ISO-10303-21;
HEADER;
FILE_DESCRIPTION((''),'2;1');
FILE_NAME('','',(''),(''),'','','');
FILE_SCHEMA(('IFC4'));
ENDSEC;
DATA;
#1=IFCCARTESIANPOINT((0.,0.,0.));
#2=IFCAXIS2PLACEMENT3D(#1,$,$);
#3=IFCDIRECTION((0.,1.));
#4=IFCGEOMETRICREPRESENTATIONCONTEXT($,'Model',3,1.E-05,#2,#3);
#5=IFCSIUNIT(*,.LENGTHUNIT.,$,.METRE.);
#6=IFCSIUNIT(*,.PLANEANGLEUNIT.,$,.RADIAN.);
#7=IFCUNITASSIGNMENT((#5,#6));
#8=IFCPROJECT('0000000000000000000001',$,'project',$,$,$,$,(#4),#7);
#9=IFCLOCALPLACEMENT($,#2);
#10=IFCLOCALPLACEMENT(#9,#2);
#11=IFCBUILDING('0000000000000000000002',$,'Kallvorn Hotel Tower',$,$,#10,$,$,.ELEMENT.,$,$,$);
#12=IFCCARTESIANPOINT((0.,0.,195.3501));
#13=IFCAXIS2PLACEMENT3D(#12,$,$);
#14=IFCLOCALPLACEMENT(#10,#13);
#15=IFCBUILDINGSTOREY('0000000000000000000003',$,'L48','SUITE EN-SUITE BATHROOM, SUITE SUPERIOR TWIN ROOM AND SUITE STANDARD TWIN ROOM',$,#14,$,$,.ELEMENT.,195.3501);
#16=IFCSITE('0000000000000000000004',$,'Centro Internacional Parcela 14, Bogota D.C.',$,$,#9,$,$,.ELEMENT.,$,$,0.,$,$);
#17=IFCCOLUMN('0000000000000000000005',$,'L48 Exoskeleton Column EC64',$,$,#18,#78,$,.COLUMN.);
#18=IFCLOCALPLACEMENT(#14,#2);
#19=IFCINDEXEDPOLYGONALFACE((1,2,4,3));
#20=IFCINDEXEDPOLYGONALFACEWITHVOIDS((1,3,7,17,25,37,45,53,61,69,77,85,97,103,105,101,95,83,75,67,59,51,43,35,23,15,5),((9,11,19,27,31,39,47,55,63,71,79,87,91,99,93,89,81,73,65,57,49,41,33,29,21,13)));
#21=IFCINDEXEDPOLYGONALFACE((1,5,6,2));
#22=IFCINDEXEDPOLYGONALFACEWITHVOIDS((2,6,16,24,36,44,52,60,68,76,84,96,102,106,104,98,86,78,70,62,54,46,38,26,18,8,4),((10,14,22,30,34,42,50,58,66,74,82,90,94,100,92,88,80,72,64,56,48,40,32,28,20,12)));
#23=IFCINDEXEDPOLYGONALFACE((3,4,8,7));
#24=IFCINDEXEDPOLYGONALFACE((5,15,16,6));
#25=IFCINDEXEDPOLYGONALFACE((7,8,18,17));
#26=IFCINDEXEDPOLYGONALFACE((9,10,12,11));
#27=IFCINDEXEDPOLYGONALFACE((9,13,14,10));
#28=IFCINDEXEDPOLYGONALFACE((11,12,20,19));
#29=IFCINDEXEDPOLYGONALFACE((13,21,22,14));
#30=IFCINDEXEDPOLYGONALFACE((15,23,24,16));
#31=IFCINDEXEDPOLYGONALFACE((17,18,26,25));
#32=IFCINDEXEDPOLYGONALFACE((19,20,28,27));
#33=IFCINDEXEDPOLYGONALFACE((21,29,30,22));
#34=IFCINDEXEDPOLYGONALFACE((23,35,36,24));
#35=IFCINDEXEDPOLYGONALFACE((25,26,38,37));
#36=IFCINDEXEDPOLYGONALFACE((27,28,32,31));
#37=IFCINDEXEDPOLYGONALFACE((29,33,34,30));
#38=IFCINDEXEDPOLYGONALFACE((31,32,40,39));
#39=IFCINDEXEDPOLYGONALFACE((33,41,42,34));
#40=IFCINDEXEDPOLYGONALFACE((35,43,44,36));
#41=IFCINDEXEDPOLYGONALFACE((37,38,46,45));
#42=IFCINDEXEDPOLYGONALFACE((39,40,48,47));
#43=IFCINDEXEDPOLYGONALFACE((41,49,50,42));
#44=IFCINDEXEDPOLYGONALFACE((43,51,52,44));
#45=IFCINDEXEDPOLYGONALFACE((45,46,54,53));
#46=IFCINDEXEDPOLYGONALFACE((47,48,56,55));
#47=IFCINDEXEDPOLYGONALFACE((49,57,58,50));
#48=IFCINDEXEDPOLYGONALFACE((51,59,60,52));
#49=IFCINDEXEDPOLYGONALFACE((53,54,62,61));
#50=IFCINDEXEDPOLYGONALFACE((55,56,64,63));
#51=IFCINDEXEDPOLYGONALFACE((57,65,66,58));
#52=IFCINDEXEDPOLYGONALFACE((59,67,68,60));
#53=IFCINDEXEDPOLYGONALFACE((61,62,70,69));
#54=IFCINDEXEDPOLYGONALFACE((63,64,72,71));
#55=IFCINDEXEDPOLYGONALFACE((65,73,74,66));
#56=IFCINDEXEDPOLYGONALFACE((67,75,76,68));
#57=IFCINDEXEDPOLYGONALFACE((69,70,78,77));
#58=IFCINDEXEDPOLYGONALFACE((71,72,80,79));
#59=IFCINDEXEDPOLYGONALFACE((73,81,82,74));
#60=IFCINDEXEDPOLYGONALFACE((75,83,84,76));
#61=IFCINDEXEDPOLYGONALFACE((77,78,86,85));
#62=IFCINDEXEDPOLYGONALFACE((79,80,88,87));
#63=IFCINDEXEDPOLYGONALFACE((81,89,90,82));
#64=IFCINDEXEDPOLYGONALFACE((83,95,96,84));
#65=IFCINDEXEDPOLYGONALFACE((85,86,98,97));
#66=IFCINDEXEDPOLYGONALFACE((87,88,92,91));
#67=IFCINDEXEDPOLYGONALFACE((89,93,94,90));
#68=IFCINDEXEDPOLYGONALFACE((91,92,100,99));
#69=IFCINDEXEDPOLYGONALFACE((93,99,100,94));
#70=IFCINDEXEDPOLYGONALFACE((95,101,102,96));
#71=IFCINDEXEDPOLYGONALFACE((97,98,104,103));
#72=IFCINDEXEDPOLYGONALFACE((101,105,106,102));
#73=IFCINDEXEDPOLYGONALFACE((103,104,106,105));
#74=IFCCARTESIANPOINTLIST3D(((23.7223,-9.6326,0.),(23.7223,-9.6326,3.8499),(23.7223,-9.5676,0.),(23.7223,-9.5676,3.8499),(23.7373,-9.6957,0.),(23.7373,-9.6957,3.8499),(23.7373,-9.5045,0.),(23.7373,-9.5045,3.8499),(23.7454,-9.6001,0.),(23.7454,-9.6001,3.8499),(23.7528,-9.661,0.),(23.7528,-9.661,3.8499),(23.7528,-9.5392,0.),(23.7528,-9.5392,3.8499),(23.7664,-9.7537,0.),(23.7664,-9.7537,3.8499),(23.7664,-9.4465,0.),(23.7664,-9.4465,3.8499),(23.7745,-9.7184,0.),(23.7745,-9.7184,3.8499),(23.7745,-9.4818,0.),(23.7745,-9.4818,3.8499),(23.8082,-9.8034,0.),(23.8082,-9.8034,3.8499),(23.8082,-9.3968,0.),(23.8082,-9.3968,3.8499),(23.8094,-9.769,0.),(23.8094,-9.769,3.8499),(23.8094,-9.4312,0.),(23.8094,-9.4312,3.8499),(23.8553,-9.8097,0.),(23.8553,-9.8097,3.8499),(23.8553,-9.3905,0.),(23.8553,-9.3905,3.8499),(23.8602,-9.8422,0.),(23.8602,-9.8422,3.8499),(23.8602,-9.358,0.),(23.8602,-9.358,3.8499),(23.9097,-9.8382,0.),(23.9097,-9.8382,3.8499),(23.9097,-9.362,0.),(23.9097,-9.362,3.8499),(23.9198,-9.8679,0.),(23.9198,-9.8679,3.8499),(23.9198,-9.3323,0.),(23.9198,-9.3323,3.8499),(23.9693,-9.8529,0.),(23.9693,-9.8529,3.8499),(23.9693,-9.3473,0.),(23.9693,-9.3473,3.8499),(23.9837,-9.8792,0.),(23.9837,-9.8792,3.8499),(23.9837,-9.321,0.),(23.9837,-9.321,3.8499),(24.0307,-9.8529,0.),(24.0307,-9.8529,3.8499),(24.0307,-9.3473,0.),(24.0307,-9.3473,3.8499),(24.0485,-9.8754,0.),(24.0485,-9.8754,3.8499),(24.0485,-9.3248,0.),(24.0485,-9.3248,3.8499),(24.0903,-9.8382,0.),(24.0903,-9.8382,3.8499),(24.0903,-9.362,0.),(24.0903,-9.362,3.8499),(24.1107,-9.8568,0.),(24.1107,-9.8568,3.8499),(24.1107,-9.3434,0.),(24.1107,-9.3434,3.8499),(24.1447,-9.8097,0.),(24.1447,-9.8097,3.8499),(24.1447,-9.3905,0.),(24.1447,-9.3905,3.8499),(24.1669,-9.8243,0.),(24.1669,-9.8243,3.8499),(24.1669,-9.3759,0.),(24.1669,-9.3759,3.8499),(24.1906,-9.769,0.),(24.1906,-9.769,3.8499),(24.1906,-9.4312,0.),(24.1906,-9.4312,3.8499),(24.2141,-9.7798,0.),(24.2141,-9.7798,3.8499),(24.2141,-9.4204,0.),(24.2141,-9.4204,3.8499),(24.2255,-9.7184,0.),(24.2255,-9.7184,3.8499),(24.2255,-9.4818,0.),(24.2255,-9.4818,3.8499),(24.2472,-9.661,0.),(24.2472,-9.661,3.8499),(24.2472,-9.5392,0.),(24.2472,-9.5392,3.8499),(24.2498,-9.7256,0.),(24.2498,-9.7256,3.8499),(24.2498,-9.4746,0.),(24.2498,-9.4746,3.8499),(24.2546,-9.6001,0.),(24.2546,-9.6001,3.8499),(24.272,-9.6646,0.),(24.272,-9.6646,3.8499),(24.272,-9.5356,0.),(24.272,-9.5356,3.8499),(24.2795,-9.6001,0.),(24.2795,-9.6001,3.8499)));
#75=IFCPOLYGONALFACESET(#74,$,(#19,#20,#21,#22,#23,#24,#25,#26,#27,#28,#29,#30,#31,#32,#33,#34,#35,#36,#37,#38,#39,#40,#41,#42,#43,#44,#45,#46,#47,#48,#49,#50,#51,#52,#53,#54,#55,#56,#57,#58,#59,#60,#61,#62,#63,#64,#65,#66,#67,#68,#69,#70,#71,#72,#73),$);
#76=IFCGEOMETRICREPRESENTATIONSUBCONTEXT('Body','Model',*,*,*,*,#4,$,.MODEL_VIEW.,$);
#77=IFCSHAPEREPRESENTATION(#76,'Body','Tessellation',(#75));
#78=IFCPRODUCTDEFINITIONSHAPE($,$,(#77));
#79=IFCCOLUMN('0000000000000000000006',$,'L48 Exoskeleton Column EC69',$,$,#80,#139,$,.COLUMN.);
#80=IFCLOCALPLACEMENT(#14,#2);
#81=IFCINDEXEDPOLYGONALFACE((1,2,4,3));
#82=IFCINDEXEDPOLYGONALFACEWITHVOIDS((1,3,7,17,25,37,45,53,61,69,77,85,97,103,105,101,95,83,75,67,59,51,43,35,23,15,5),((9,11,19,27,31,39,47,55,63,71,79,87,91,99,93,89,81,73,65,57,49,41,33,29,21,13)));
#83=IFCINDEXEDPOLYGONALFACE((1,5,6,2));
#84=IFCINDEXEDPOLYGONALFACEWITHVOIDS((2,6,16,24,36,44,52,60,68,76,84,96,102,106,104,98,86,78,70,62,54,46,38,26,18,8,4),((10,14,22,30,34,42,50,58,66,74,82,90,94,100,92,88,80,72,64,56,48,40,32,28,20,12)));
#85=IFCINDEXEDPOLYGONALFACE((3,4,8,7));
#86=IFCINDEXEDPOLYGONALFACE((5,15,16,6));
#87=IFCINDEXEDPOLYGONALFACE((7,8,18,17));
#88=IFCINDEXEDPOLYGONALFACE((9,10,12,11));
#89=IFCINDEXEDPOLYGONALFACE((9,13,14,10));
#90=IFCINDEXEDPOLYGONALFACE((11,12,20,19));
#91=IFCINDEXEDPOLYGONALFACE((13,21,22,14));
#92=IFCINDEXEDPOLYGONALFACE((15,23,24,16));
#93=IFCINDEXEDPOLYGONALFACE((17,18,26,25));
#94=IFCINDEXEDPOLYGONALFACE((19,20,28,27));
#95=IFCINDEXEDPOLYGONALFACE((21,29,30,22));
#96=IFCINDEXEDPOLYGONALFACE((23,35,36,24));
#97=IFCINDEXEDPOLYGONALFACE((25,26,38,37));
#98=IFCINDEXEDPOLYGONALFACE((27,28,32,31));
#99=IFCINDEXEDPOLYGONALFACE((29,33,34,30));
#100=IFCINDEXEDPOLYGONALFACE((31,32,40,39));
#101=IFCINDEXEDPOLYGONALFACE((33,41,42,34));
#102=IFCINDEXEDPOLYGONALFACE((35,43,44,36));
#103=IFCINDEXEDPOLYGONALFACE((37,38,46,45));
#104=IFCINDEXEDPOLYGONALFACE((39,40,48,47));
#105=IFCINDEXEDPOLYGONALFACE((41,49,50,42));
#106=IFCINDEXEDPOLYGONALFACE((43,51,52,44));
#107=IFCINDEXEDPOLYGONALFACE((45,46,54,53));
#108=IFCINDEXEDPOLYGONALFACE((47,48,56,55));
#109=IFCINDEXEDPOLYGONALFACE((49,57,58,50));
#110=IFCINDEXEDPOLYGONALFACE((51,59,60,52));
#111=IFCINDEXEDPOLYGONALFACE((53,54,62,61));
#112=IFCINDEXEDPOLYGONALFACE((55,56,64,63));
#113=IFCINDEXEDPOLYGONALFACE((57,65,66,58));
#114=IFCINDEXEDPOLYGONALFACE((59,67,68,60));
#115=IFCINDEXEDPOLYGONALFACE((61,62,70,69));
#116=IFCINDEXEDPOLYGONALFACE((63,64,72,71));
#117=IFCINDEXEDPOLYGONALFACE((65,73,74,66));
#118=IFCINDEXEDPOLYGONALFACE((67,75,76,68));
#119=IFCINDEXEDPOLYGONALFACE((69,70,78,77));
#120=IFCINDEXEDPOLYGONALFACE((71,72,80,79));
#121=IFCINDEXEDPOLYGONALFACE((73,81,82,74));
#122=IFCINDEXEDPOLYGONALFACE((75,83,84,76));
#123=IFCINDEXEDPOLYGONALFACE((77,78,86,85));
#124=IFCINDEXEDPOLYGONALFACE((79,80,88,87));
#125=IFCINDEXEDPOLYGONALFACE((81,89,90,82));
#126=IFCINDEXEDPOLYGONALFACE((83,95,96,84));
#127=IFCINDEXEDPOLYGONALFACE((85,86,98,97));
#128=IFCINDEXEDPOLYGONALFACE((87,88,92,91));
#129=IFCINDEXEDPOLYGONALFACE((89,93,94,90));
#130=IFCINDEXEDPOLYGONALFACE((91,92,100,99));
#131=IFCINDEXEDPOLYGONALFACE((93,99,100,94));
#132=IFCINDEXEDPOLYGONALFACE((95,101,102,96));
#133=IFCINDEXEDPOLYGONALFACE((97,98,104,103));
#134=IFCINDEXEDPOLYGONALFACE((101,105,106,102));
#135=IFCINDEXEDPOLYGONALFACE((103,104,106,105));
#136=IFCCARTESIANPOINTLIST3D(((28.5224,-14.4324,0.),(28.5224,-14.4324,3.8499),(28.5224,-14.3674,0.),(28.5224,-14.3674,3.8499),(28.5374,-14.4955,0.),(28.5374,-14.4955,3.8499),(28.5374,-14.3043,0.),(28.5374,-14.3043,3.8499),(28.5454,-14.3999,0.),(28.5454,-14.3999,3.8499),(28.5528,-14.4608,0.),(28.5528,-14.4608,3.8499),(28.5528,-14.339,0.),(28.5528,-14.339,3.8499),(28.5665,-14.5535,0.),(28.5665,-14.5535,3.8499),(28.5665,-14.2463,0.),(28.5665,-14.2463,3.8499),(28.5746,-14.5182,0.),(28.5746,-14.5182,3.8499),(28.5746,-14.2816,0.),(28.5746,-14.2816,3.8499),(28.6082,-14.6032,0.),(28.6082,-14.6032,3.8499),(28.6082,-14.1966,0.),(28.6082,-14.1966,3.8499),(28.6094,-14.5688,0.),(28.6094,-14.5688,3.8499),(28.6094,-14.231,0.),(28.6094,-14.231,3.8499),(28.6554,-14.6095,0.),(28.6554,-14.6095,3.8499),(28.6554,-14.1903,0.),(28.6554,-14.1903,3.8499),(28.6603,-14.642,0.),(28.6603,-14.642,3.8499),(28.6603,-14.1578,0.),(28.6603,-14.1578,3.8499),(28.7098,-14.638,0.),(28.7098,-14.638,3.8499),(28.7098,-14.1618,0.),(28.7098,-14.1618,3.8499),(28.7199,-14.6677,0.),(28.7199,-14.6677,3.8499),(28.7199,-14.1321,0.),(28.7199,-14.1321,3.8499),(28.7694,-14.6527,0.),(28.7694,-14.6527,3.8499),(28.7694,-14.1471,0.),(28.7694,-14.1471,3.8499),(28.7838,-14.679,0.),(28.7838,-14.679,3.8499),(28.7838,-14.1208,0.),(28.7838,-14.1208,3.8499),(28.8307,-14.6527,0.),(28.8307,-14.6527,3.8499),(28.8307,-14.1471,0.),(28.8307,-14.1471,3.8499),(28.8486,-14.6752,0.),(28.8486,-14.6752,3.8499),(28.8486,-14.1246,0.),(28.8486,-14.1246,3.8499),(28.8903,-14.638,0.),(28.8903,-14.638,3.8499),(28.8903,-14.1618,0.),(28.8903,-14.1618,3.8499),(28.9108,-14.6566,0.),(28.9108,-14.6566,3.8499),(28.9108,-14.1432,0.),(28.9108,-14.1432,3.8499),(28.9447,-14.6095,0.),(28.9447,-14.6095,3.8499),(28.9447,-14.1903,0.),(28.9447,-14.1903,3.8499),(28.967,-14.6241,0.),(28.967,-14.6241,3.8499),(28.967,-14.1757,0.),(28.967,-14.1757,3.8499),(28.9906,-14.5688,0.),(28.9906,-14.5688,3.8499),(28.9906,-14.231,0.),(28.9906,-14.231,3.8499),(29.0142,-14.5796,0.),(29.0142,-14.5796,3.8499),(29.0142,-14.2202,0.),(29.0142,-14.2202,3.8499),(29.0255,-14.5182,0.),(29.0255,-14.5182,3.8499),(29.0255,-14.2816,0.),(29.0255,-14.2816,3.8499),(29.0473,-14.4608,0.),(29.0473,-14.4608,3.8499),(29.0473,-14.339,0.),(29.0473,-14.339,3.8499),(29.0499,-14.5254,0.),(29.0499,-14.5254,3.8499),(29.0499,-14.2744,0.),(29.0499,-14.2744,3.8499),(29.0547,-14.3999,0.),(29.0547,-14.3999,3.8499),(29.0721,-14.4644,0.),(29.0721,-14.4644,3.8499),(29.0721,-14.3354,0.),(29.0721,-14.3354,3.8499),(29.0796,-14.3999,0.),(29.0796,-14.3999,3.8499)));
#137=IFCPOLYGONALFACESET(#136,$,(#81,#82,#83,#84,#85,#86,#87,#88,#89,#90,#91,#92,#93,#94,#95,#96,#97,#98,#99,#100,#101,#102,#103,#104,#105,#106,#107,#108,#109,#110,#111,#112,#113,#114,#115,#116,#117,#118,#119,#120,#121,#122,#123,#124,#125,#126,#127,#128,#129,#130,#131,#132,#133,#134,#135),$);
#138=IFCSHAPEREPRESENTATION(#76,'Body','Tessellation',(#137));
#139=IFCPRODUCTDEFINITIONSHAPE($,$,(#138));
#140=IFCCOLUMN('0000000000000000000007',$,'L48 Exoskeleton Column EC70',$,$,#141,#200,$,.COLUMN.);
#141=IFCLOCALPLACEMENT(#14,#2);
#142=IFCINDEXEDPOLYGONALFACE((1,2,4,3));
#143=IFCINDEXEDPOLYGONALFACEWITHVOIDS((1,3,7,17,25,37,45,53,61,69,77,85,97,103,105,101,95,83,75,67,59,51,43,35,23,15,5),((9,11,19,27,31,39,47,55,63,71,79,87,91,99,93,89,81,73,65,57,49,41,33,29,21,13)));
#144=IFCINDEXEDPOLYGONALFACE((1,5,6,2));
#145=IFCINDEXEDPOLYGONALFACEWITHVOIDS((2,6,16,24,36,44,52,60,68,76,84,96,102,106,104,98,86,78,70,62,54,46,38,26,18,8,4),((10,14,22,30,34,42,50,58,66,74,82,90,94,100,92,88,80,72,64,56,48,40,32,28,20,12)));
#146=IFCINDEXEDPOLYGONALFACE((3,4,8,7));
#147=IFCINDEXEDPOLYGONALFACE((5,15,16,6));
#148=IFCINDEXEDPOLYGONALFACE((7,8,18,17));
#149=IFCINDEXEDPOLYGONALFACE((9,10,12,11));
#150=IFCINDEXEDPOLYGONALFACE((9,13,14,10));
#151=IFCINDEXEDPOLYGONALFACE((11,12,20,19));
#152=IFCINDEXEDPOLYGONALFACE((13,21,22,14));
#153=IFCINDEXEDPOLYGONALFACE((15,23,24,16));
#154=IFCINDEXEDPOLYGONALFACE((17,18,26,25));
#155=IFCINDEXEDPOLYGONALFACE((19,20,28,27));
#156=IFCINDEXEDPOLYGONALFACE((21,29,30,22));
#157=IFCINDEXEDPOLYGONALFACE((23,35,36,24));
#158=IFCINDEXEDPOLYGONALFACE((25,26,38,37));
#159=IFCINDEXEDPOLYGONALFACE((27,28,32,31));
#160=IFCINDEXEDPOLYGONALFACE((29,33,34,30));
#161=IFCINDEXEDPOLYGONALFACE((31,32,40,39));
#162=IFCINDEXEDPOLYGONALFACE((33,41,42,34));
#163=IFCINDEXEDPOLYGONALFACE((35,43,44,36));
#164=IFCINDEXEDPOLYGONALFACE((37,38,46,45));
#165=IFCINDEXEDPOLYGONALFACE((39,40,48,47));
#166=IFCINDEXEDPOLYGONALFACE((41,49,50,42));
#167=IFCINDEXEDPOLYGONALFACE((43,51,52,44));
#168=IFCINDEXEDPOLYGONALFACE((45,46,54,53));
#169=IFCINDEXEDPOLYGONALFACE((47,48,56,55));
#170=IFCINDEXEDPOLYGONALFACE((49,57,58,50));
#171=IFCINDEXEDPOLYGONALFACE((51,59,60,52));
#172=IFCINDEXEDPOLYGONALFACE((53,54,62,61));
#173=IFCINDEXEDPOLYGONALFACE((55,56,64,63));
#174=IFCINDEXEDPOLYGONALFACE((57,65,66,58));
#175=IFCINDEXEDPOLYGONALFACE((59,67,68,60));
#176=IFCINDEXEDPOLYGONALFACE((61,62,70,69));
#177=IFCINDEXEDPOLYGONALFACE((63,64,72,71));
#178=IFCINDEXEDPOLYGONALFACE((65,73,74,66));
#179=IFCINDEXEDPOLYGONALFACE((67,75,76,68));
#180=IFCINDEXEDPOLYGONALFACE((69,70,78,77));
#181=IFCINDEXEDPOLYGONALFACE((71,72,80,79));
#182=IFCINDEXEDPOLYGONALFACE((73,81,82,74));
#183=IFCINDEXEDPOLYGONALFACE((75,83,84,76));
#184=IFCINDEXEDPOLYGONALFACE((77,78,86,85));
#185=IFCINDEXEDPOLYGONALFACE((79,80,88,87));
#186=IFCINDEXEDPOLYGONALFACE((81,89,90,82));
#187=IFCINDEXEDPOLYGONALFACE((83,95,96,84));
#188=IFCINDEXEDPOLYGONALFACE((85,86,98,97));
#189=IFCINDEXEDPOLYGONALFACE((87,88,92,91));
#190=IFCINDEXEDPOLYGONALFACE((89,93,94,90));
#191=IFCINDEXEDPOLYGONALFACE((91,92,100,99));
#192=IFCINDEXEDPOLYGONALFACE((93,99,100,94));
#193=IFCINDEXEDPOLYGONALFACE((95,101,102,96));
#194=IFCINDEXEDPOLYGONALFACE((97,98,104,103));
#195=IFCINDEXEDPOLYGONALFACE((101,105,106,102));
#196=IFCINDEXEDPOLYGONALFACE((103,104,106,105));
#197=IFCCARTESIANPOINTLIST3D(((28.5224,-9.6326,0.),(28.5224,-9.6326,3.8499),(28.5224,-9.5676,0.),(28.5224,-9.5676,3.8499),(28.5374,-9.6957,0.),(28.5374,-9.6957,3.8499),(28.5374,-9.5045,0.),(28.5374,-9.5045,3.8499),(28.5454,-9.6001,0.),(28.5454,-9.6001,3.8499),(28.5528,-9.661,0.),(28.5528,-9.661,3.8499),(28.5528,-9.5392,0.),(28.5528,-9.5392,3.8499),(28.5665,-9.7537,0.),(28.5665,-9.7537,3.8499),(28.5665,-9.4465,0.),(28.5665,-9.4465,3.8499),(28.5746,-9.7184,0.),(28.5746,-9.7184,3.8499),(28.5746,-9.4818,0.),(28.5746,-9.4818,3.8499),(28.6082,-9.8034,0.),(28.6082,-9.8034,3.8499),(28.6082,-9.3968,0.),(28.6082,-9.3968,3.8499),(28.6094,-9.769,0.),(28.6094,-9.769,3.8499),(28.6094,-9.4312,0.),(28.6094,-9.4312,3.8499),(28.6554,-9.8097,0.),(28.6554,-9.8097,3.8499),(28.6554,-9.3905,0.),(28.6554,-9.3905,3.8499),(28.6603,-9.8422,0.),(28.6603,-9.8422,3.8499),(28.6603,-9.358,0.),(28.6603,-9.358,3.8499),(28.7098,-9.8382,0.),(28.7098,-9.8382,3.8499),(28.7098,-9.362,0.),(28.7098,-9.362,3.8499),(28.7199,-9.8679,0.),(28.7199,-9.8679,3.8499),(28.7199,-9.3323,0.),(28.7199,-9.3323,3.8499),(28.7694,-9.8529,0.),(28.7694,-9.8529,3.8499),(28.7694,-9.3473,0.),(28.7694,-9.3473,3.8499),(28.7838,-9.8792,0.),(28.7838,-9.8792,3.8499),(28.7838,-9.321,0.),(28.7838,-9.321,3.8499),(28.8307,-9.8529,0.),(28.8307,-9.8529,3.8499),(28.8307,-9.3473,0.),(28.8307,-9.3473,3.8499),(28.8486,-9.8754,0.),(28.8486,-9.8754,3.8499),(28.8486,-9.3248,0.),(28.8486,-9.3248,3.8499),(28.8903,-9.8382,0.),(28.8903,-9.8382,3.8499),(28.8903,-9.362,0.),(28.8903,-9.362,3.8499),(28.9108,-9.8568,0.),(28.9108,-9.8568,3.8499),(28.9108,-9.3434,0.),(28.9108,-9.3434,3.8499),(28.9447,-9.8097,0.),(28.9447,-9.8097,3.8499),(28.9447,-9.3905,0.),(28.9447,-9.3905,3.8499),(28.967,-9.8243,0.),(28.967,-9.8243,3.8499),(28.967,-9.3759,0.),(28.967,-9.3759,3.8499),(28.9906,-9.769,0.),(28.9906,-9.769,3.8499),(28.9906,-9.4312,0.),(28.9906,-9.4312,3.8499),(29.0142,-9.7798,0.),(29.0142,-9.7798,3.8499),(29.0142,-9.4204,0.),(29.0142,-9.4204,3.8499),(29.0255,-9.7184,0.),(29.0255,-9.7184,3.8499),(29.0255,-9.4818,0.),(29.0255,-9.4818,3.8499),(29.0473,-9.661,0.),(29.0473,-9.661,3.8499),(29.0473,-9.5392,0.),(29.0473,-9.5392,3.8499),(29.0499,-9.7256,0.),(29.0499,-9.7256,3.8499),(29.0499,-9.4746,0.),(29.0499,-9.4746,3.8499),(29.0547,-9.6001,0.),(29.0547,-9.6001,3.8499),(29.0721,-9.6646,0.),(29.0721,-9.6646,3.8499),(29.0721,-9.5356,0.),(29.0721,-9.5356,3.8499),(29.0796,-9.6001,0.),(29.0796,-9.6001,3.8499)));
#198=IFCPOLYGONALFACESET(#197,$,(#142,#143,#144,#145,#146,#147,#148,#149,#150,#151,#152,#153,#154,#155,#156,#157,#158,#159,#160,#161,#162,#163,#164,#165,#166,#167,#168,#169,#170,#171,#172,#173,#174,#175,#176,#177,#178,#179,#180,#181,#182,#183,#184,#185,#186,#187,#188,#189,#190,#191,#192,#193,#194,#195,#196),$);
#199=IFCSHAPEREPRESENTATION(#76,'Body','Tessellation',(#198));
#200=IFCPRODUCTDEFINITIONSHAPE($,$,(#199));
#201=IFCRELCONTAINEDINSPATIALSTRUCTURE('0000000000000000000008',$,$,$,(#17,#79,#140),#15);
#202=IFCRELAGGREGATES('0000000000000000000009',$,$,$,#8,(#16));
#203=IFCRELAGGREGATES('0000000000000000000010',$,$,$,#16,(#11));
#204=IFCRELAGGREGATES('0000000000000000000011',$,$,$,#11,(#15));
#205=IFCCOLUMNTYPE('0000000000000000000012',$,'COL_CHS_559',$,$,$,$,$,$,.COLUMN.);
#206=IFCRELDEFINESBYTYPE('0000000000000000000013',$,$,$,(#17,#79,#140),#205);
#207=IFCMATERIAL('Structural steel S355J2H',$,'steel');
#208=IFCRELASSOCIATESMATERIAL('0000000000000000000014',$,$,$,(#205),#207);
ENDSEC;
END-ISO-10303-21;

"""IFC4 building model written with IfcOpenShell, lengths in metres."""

from ifc_helpers import new_model, si_unit, direction, frame, origin, origin_2d, place, context, subcontext, project, spatial, hollow_circle, extrude, material, material_profile, profile_set, type_object, element, save


model = new_model("IFC4")

# Units and contexts
model_context = context("Model", 3, precision=1e-05, world=origin(), true_north=direction((0.0, 1.0)))
body_context = subcontext(model_context, "Body", "Model", "MODEL_VIEW")
ifc_project = project(units=[si_unit("LENGTHUNIT", "METRE"), si_unit("PLANEANGLEUNIT", "RADIAN")], contexts=[model_context])

# Site, building, storey
site_placement = place(None, origin())
site = spatial("IfcSite", under=ifc_project, at=site_placement, Name="Centro Internacional Parcela 14, Bogota D.C.", CompositionType="ELEMENT", RefElevation=0.0)
building_placement = place(site_placement, origin())
building = spatial("IfcBuilding", under=site, at=building_placement, Name="Kallvorn Hotel Tower", CompositionType="ELEMENT")
storey_placement = place(building_placement, frame((0.0, 0.0, 195.3501)))
storey = spatial("IfcBuildingStorey", under=building, at=storey_placement, Name="L48", Description="SUITE EN-SUITE BATHROOM, SUITE SUPERIOR TWIN ROOM AND SUITE STANDARD TWIN ROOM", CompositionType="ELEMENT", Elevation=195.3501)

# Columns
ifc_material_1 = material(Name="Structural steel S355J2H", Category="steel")
ifc_material_profile_1 = material_profile(ifc_material_1, hollow_circle(Radius=0.2795, WallThickness=0.0249, at=origin_2d()), Name="CHS 559x25")
ifc_profile_set_1 = profile_set([ifc_material_profile_1], Name="Structural steel S355J2H")
column_type_1 = type_object("IfcColumnType", Name="COL_CHS_559", PredefinedType="COLUMN", material=ifc_profile_set_1)
for number, where, z_axis, x_axis, name in (
    (1, (24.0, -9.6001, 0.0), (0.0, 0.0, 1.0), (1.0, 0.0, 0.0), "L48 Exoskeleton Column EC64"),
    (2, (28.8, -14.3999, 0.0), (0.0, 0.0, 1.0), (1.0, 0.0, 0.0), "L48 Exoskeleton Column EC69"),
    (3, (28.8, -9.6001, 0.0), (0.0, 0.0, 1.0), (1.0, 0.0, 0.0), "L48 Exoskeleton Column EC70"),
):
    element("IfcColumn", number, at=place(storey_placement, frame(where, z_axis=z_axis, x_axis=x_axis)), inside=storey, type_object=column_type_1, Name=name, PredefinedType="COLUMN", context=body_context, shape_type="SweptSolid", body=[
        extrude(hollow_circle(Radius=0.2795, WallThickness=0.0249, at=origin_2d()), origin(), (0.0, 0.0, 1.0), 3.8499),
    ])

save(model, "model.ifc")
